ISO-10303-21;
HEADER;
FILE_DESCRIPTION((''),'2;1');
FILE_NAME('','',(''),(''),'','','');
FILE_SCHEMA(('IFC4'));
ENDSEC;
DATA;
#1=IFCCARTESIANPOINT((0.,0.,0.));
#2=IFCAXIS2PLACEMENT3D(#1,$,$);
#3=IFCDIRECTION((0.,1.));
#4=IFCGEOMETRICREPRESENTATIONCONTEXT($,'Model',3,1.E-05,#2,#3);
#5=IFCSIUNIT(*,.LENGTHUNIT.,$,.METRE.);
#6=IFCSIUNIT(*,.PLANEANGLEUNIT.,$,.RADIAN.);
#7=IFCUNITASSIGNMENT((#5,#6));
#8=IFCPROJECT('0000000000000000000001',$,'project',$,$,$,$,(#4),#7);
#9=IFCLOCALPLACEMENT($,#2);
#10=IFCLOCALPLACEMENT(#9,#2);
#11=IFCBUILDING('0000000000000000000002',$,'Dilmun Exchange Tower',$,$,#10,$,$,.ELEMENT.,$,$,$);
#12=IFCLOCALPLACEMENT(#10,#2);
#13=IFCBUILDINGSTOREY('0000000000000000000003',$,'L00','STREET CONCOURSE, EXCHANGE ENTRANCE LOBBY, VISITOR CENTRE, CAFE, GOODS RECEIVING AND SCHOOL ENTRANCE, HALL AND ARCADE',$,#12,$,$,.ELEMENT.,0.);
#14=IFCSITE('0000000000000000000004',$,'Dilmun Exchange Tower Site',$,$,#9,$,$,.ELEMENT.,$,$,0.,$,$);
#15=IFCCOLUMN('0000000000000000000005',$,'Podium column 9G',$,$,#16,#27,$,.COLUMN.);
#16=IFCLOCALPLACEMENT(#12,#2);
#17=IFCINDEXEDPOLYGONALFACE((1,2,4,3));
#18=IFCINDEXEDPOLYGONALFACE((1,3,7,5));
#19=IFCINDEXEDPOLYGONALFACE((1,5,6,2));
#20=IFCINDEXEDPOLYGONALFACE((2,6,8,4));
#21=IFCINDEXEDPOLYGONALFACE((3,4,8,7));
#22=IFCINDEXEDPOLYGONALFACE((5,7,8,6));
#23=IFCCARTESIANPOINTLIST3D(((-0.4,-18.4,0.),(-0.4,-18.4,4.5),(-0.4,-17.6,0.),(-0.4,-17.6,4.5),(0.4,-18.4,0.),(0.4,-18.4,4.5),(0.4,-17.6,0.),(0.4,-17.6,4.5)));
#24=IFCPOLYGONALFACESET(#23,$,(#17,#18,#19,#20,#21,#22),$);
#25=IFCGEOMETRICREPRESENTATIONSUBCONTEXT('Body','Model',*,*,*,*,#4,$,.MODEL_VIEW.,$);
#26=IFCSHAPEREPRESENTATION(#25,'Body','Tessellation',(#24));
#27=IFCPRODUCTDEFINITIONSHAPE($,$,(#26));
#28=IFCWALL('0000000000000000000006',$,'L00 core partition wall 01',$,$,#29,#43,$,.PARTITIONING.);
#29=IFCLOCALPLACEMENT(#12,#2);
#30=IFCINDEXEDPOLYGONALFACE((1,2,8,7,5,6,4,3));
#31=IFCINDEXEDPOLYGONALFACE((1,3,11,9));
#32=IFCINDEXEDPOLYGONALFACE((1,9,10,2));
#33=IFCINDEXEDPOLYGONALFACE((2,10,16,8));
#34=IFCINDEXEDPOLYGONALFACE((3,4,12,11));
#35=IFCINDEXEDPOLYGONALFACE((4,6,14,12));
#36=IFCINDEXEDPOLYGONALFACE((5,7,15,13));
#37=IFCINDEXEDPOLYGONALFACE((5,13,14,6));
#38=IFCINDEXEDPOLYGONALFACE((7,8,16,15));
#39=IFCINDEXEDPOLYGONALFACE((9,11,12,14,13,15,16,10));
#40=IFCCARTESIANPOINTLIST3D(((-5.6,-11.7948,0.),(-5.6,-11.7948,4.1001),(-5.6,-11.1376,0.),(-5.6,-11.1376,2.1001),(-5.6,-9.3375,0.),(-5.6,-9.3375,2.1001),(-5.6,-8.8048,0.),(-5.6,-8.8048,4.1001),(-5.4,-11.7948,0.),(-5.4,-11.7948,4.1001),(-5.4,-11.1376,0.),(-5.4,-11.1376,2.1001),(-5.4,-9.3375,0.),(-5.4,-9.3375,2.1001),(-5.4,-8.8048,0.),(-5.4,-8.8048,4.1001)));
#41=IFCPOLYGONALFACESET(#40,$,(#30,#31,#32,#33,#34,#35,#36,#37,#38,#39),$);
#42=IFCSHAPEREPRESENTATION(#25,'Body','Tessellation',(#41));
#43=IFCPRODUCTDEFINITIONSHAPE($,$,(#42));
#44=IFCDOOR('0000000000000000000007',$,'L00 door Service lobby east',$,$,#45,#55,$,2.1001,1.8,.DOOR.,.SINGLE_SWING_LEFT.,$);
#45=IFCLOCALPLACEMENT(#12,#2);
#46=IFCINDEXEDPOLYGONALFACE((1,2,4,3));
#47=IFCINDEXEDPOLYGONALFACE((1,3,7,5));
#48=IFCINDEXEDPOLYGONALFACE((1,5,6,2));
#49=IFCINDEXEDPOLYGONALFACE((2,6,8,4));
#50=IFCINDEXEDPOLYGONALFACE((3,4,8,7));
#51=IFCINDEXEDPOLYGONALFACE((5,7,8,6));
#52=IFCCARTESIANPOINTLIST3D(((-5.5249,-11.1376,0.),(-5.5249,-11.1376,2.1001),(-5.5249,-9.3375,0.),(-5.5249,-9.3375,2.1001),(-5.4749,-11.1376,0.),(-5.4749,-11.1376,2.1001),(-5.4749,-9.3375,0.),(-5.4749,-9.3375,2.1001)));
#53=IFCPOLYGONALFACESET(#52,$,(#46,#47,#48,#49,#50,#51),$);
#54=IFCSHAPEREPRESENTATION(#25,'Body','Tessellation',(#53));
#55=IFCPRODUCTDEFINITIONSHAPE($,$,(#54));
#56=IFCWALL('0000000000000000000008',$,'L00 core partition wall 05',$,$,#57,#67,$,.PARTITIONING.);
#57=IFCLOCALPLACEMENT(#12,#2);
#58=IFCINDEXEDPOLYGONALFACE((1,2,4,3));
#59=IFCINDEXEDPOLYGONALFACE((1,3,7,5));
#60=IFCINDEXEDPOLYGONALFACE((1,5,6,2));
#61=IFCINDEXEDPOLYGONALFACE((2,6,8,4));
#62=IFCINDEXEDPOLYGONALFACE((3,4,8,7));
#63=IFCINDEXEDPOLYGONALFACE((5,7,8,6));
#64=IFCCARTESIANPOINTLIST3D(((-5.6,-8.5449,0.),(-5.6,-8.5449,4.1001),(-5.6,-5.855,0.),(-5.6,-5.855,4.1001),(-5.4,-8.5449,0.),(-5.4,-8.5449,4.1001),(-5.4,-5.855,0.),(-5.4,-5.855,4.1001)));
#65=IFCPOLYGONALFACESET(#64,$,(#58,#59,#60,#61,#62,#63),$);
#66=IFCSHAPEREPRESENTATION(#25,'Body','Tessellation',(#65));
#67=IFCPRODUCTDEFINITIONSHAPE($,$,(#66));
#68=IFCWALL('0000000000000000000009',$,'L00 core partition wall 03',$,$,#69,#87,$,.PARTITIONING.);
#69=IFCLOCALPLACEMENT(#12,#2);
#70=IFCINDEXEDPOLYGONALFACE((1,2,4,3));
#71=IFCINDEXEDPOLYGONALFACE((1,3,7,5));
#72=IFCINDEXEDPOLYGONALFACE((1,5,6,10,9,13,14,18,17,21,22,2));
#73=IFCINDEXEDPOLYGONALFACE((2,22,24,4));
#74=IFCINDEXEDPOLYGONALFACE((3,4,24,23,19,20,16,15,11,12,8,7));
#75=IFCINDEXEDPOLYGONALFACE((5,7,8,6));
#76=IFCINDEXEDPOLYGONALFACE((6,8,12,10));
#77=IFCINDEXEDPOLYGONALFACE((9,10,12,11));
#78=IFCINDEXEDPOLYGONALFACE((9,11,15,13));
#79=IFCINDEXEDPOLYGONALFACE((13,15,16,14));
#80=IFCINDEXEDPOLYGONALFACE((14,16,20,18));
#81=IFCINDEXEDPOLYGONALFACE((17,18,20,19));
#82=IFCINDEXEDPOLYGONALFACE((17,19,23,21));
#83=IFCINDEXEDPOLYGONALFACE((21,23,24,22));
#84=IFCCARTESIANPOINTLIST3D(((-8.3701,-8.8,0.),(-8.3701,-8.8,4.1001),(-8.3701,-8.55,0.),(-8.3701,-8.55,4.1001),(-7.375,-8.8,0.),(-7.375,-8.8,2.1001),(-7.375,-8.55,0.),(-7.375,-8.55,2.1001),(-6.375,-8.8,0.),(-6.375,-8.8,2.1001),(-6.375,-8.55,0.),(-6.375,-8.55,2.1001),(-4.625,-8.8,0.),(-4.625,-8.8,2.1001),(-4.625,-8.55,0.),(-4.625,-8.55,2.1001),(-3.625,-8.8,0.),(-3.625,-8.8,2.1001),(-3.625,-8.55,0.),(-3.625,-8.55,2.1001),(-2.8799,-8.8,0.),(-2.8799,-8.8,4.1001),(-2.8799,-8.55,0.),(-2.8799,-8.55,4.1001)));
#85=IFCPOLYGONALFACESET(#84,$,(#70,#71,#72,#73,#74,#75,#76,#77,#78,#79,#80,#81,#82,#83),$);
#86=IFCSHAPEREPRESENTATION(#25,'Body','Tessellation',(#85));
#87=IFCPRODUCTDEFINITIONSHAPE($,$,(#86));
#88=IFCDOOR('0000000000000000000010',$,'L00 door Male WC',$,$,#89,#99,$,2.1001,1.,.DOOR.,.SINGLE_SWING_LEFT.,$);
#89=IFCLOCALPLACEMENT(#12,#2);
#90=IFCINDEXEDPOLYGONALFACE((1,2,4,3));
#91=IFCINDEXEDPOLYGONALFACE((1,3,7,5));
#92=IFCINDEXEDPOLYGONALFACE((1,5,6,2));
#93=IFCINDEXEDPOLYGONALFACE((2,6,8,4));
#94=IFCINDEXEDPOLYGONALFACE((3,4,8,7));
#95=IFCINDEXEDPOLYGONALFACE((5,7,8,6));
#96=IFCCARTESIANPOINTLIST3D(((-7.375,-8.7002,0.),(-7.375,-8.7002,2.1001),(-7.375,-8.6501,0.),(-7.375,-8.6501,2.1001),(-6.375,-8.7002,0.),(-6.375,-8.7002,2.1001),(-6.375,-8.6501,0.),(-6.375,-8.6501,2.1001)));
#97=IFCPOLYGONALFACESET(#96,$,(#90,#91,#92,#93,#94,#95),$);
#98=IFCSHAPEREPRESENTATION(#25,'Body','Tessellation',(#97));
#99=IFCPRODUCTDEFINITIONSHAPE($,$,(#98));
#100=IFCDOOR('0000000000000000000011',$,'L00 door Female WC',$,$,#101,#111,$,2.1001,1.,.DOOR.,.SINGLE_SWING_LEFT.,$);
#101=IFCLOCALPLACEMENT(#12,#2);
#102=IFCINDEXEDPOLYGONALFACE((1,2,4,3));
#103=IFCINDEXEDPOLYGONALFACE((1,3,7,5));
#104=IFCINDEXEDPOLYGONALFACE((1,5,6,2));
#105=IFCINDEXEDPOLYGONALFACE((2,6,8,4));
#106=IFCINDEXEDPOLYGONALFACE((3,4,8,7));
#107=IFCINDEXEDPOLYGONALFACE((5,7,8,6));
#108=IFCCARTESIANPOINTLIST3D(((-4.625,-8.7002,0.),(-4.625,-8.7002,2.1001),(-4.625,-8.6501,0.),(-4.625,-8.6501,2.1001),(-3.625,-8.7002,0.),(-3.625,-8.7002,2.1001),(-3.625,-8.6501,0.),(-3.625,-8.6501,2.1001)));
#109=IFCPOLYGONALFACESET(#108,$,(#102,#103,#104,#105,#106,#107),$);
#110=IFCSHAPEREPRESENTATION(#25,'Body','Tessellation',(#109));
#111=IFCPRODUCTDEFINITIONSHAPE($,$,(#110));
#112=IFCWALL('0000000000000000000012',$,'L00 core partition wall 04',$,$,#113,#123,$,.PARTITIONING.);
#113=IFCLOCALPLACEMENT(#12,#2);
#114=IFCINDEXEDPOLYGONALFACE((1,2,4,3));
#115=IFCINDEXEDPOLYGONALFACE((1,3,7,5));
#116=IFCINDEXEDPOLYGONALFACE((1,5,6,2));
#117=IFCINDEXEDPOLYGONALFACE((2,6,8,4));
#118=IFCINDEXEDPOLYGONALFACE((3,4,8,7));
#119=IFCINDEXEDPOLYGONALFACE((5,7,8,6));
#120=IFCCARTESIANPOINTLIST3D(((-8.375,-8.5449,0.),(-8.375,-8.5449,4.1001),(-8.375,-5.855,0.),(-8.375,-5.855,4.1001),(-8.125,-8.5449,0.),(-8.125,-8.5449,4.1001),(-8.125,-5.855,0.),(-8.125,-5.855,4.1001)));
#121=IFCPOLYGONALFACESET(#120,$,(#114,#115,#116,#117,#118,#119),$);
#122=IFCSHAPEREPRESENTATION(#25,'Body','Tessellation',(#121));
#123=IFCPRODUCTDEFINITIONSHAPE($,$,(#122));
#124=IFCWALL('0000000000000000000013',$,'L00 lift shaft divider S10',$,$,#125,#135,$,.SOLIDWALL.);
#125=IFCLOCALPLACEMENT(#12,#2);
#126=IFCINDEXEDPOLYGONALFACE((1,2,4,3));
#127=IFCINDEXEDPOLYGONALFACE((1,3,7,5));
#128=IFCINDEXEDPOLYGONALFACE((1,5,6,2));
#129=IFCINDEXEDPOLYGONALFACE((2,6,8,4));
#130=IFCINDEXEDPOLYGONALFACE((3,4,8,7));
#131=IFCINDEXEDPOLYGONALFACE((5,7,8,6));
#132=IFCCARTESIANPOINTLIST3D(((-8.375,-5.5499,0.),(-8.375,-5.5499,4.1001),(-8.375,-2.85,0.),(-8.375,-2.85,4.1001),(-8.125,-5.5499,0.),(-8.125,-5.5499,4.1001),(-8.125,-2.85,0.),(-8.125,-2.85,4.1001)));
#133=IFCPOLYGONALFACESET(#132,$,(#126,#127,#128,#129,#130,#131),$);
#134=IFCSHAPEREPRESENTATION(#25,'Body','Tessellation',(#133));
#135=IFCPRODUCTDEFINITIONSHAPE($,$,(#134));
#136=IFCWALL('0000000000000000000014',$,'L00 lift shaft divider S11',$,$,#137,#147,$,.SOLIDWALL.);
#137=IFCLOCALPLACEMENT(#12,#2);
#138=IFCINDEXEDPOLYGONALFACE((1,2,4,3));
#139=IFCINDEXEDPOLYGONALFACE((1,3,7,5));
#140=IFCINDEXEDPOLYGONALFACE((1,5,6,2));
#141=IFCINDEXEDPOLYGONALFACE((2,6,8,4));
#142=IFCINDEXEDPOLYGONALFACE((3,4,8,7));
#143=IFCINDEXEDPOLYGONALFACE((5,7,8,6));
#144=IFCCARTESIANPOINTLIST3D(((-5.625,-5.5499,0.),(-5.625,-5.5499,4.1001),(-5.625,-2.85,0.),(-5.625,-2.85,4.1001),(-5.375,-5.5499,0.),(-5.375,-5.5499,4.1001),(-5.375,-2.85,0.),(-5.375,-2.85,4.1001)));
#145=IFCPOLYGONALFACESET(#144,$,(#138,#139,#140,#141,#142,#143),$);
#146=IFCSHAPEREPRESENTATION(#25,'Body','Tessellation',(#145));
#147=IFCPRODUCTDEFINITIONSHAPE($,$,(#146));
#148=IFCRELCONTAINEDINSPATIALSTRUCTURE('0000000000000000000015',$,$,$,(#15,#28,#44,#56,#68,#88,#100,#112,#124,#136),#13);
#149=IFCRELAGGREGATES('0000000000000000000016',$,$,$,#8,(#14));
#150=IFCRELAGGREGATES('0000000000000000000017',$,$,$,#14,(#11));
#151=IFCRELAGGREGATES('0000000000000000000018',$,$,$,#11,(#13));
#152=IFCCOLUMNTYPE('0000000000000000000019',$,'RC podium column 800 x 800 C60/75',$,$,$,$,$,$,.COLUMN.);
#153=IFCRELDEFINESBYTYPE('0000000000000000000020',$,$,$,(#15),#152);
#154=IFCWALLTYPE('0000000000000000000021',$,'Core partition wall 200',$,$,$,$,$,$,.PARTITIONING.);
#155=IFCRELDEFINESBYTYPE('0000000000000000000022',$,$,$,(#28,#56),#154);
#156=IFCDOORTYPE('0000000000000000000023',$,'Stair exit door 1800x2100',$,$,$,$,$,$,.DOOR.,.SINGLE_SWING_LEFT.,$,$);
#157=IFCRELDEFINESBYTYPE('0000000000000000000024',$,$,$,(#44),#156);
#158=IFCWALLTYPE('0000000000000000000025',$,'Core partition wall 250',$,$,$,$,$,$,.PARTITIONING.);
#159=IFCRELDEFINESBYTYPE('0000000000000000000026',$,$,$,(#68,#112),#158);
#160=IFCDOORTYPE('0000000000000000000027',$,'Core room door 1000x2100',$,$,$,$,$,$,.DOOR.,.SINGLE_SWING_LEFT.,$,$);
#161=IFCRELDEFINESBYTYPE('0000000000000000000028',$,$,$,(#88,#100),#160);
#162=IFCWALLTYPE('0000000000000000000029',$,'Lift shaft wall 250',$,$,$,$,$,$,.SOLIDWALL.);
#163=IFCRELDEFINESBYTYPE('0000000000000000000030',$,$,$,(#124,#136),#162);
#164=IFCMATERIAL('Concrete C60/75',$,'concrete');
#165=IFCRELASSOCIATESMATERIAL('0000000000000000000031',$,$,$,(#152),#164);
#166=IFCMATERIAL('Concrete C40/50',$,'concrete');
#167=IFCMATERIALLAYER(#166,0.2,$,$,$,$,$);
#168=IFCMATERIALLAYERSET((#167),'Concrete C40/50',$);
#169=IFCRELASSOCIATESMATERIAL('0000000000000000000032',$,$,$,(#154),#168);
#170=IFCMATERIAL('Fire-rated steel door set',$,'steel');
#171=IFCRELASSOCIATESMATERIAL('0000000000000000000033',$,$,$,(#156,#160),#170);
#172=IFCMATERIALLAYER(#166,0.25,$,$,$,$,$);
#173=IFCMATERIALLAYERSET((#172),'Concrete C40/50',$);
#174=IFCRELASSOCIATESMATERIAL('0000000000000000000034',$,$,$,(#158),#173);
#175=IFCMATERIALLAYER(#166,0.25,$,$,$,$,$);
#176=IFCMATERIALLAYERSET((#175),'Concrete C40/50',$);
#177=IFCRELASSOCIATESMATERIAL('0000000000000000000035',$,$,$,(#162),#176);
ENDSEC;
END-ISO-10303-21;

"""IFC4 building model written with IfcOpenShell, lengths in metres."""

from ifc_helpers import new_model, si_unit, direction, frame, frame_2d, origin, origin_2d, place, context, subcontext, project, spatial, rectangle, extrude, material, layer, layer_set, material_profile, profile_set, type_object, element, fill, save


model = new_model("IFC4")

# Units and contexts
model_context = context("Model", 3, precision=1e-05, world=origin(), true_north=direction((0.0, 1.0)))
body_context = subcontext(model_context, "Body", "Model", "MODEL_VIEW")
ifc_project = project(units=[si_unit("LENGTHUNIT", "METRE"), si_unit("PLANEANGLEUNIT", "RADIAN")], contexts=[model_context])

# Site, building, storey
site_placement = place(None, origin())
site = spatial("IfcSite", under=ifc_project, at=site_placement, Name="Dilmun Exchange Tower Site", CompositionType="ELEMENT", RefElevation=0.0)
building_placement = place(site_placement, origin())
building = spatial("IfcBuilding", under=site, at=building_placement, Name="Dilmun Exchange Tower", CompositionType="ELEMENT")
storey_placement = place(building_placement, origin())
storey = spatial("IfcBuildingStorey", under=building, at=storey_placement, Name="L00", Description="STREET CONCOURSE, EXCHANGE ENTRANCE LOBBY, VISITOR CENTRE, CAFE, GOODS RECEIVING AND SCHOOL ENTRANCE, HALL AND ARCADE", CompositionType="ELEMENT", Elevation=0.0)

# Column
ifc_material_1 = material(Name="Concrete C60/75", Category="concrete")
ifc_material_profile = material_profile(ifc_material_1, rectangle(XDim=0.8, YDim=0.8, at=origin_2d()), Name="800 x 800")
ifc_profile_set = profile_set([ifc_material_profile], Name="Concrete C60/75")
column_type = type_object("IfcColumnType", Name="RC podium column 800 x 800 C60/75", PredefinedType="COLUMN", material=ifc_profile_set)
column_placement = place(storey_placement, frame((0.0, -18.0, 0.0), z_axis=(0.0, 0.0, 1.0), x_axis=(1.0, 0.0, 0.0)))
element("IfcColumn", 1, at=column_placement, inside=storey, type_object=column_type, Name="Podium column 9G", PredefinedType="COLUMN", context=body_context, shape_type="SweptSolid", body=[
    extrude(rectangle(XDim=0.8, YDim=0.8, at=origin_2d()), origin(), (0.0, 0.0, 1.0), 4.5),
])

# Wall, opening, door
ifc_material_2 = material(Name="Concrete C40/50", Category="concrete")
ifc_layer_1 = layer(ifc_material_2, 0.2)
ifc_layer_set_1 = layer_set([ifc_layer_1], Name="Concrete C40/50")
wall_type_1 = type_object("IfcWallType", Name="Core partition wall 200", PredefinedType="PARTITIONING", material=ifc_layer_set_1)
wall_1_placement = place(storey_placement, frame((-5.5, -11.7949, 0.0), z_axis=(0.0, 0.0, 1.0), x_axis=(0.0, 1.0, 0.0)))
wall_1 = element("IfcWall", 2, at=wall_1_placement, inside=storey, type_object=wall_type_1, Name="L00 core partition wall 01", PredefinedType="PARTITIONING", context=body_context, shape_type="SweptSolid", body=[
    extrude(rectangle(XDim=2.99, YDim=0.2, at=frame_2d((1.4951, 0.0))), origin(), (0.0, 0.0, 1.0), 4.1001),
])
opening_1_placement = place(wall_1_placement, frame((0.6575, 0.0, 0.0)))
opening_1 = element("IfcOpeningElement", 3, at=opening_1_placement, cuts=wall_1, PredefinedType="OPENING", context=body_context, shape_type="SweptSolid", body=[
    extrude(rectangle(XDim=1.8, YDim=2.1001, at=frame_2d((0.8999, 1.05))), frame((0.0, 0.1099, 0.0), z_axis=(0.0, -1.0, 0.0), x_axis=(1.0, 0.0, 0.0)), (0.0, 0.0, 1.0), 0.22),
])
ifc_material_3 = material(Name="Fire-rated steel door set", Category="steel")
door_type_1 = type_object("IfcDoorType", Name="Stair exit door 1800x2100", OperationType="SINGLE_SWING_LEFT", PredefinedType="DOOR", material=ifc_material_3)
door_1_placement = place(opening_1_placement, origin())
door_1 = element("IfcDoor", 4, at=door_1_placement, inside=storey, type_object=door_type_1, Name="L00 door Service lobby east", OperationType="SINGLE_SWING_LEFT", OverallHeight=2.1001, OverallWidth=1.8, PredefinedType="DOOR", context=body_context, shape_type="SweptSolid", body=[
    extrude(rectangle(XDim=1.8, YDim=2.1001, at=frame_2d((0.8999, 1.05))), frame((0.0, 0.0249, 0.0), z_axis=(0.0, -1.0, 0.0), x_axis=(1.0, 0.0, 0.0)), (0.0, 0.0, 1.0), 0.05),
])
fill(opening_1, door_1)

# Wall
wall_2_placement = place(storey_placement, frame((-5.5, -8.5449, 0.0), z_axis=(0.0, 0.0, 1.0), x_axis=(0.0, 1.0, 0.0)))
element("IfcWall", 5, at=wall_2_placement, inside=storey, type_object=wall_type_1, Name="L00 core partition wall 05", PredefinedType="PARTITIONING", context=body_context, shape_type="SweptSolid", body=[
    extrude(rectangle(XDim=2.6899, YDim=0.2, at=frame_2d((1.345, 0.0))), origin(), (0.0, 0.0, 1.0), 4.1001),
])

# Wall, openings, doors
ifc_layer_2 = layer(ifc_material_2, 0.25)
ifc_layer_set_2 = layer_set([ifc_layer_2], Name="Concrete C40/50")
wall_type_2 = type_object("IfcWallType", Name="Core partition wall 250", PredefinedType="PARTITIONING", material=ifc_layer_set_2)
wall_3_placement = place(storey_placement, frame((-8.3701, -8.675, 0.0), z_axis=(0.0, 0.0, 1.0), x_axis=(1.0, 0.0, 0.0)))
wall_3 = element("IfcWall", 6, at=wall_3_placement, inside=storey, type_object=wall_type_2, Name="L00 core partition wall 03", PredefinedType="PARTITIONING", context=body_context, shape_type="SweptSolid", body=[
    extrude(rectangle(XDim=5.4902, YDim=0.25, at=frame_2d((2.7451, 0.0))), origin(), (0.0, 0.0, 1.0), 4.1001),
])
opening_2_placement = place(wall_3_placement, frame((0.9951, 0.0, 0.0)))
opening_2 = element("IfcOpeningElement", 7, at=opening_2_placement, cuts=wall_3, PredefinedType="OPENING", context=body_context, shape_type="SweptSolid", body=[
    extrude(rectangle(XDim=1.0, YDim=2.1001, at=frame_2d((0.5, 1.05))), frame((0.0, 0.135, 0.0), z_axis=(0.0, -1.0, 0.0), x_axis=(1.0, 0.0, 0.0)), (0.0, 0.0, 1.0), 0.27),
])
opening_3_placement = place(wall_3_placement, frame((3.7451, 0.0, 0.0)))
opening_3 = element("IfcOpeningElement", 8, at=opening_3_placement, cuts=wall_3, PredefinedType="OPENING", context=body_context, shape_type="SweptSolid", body=[
    extrude(rectangle(XDim=1.0, YDim=2.1001, at=frame_2d((0.5, 1.05))), frame((0.0, 0.135, 0.0), z_axis=(0.0, -1.0, 0.0), x_axis=(1.0, 0.0, 0.0)), (0.0, 0.0, 1.0), 0.27),
])
door_type_2 = type_object("IfcDoorType", Name="Core room door 1000x2100", OperationType="SINGLE_SWING_LEFT", PredefinedType="DOOR", material=ifc_material_3)
door_2_placement = place(opening_2_placement, origin())
door_2 = element("IfcDoor", 9, at=door_2_placement, inside=storey, type_object=door_type_2, Name="L00 door Male WC", OperationType="SINGLE_SWING_LEFT", OverallHeight=2.1001, OverallWidth=1.0, PredefinedType="DOOR", context=body_context, shape_type="SweptSolid", body=[
    extrude(rectangle(XDim=1.0, YDim=2.1001, at=frame_2d((0.5, 1.05))), frame((0.0, 0.0249, 0.0), z_axis=(0.0, -1.0, 0.0), x_axis=(1.0, 0.0, 0.0)), (0.0, 0.0, 1.0), 0.05),
])
fill(opening_2, door_2)
door_3_placement = place(opening_3_placement, origin())
door_3 = element("IfcDoor", 10, at=door_3_placement, inside=storey, type_object=door_type_2, Name="L00 door Female WC", OperationType="SINGLE_SWING_LEFT", OverallHeight=2.1001, OverallWidth=1.0, PredefinedType="DOOR", context=body_context, shape_type="SweptSolid", body=[
    extrude(rectangle(XDim=1.0, YDim=2.1001, at=frame_2d((0.5, 1.05))), frame((0.0, 0.0249, 0.0), z_axis=(0.0, -1.0, 0.0), x_axis=(1.0, 0.0, 0.0)), (0.0, 0.0, 1.0), 0.05),
])
fill(opening_3, door_3)

# Walls
wall_4_placement = place(storey_placement, frame((-8.25, -8.5449, 0.0), z_axis=(0.0, 0.0, 1.0), x_axis=(0.0, 1.0, 0.0)))
element("IfcWall", 11, at=wall_4_placement, inside=storey, type_object=wall_type_2, Name="L00 core partition wall 04", PredefinedType="PARTITIONING", context=body_context, shape_type="SweptSolid", body=[
    extrude(rectangle(XDim=2.6899, YDim=0.25, at=frame_2d((1.345, 0.0))), origin(), (0.0, 0.0, 1.0), 4.1001),
])
ifc_layer_3 = layer(ifc_material_2, 0.25)
ifc_layer_set_3 = layer_set([ifc_layer_3], Name="Concrete C40/50")
wall_type_3 = type_object("IfcWallType", Name="Lift shaft wall 250", PredefinedType="SOLIDWALL", material=ifc_layer_set_3)
for number, where, z_axis, x_axis, name in (
    (12, (-8.25, -5.55, 0.0), (0.0, 0.0, 1.0), (0.0, 1.0, 0.0), "L00 lift shaft divider S10"),
    (13, (-5.5, -5.55, 0.0), (0.0, 0.0, 1.0), (0.0, 1.0, 0.0), "L00 lift shaft divider S11"),
):
    element("IfcWall", number, at=place(storey_placement, frame(where, z_axis=z_axis, x_axis=x_axis)), inside=storey, type_object=wall_type_3, Name=name, PredefinedType="SOLIDWALL", context=body_context, shape_type="SweptSolid", body=[
        extrude(rectangle(XDim=2.7, YDim=0.25, at=frame_2d((1.3501, 0.0))), origin(), (0.0, 0.0, 1.0), 4.1001),
    ])

save(model, "model.ifc")
